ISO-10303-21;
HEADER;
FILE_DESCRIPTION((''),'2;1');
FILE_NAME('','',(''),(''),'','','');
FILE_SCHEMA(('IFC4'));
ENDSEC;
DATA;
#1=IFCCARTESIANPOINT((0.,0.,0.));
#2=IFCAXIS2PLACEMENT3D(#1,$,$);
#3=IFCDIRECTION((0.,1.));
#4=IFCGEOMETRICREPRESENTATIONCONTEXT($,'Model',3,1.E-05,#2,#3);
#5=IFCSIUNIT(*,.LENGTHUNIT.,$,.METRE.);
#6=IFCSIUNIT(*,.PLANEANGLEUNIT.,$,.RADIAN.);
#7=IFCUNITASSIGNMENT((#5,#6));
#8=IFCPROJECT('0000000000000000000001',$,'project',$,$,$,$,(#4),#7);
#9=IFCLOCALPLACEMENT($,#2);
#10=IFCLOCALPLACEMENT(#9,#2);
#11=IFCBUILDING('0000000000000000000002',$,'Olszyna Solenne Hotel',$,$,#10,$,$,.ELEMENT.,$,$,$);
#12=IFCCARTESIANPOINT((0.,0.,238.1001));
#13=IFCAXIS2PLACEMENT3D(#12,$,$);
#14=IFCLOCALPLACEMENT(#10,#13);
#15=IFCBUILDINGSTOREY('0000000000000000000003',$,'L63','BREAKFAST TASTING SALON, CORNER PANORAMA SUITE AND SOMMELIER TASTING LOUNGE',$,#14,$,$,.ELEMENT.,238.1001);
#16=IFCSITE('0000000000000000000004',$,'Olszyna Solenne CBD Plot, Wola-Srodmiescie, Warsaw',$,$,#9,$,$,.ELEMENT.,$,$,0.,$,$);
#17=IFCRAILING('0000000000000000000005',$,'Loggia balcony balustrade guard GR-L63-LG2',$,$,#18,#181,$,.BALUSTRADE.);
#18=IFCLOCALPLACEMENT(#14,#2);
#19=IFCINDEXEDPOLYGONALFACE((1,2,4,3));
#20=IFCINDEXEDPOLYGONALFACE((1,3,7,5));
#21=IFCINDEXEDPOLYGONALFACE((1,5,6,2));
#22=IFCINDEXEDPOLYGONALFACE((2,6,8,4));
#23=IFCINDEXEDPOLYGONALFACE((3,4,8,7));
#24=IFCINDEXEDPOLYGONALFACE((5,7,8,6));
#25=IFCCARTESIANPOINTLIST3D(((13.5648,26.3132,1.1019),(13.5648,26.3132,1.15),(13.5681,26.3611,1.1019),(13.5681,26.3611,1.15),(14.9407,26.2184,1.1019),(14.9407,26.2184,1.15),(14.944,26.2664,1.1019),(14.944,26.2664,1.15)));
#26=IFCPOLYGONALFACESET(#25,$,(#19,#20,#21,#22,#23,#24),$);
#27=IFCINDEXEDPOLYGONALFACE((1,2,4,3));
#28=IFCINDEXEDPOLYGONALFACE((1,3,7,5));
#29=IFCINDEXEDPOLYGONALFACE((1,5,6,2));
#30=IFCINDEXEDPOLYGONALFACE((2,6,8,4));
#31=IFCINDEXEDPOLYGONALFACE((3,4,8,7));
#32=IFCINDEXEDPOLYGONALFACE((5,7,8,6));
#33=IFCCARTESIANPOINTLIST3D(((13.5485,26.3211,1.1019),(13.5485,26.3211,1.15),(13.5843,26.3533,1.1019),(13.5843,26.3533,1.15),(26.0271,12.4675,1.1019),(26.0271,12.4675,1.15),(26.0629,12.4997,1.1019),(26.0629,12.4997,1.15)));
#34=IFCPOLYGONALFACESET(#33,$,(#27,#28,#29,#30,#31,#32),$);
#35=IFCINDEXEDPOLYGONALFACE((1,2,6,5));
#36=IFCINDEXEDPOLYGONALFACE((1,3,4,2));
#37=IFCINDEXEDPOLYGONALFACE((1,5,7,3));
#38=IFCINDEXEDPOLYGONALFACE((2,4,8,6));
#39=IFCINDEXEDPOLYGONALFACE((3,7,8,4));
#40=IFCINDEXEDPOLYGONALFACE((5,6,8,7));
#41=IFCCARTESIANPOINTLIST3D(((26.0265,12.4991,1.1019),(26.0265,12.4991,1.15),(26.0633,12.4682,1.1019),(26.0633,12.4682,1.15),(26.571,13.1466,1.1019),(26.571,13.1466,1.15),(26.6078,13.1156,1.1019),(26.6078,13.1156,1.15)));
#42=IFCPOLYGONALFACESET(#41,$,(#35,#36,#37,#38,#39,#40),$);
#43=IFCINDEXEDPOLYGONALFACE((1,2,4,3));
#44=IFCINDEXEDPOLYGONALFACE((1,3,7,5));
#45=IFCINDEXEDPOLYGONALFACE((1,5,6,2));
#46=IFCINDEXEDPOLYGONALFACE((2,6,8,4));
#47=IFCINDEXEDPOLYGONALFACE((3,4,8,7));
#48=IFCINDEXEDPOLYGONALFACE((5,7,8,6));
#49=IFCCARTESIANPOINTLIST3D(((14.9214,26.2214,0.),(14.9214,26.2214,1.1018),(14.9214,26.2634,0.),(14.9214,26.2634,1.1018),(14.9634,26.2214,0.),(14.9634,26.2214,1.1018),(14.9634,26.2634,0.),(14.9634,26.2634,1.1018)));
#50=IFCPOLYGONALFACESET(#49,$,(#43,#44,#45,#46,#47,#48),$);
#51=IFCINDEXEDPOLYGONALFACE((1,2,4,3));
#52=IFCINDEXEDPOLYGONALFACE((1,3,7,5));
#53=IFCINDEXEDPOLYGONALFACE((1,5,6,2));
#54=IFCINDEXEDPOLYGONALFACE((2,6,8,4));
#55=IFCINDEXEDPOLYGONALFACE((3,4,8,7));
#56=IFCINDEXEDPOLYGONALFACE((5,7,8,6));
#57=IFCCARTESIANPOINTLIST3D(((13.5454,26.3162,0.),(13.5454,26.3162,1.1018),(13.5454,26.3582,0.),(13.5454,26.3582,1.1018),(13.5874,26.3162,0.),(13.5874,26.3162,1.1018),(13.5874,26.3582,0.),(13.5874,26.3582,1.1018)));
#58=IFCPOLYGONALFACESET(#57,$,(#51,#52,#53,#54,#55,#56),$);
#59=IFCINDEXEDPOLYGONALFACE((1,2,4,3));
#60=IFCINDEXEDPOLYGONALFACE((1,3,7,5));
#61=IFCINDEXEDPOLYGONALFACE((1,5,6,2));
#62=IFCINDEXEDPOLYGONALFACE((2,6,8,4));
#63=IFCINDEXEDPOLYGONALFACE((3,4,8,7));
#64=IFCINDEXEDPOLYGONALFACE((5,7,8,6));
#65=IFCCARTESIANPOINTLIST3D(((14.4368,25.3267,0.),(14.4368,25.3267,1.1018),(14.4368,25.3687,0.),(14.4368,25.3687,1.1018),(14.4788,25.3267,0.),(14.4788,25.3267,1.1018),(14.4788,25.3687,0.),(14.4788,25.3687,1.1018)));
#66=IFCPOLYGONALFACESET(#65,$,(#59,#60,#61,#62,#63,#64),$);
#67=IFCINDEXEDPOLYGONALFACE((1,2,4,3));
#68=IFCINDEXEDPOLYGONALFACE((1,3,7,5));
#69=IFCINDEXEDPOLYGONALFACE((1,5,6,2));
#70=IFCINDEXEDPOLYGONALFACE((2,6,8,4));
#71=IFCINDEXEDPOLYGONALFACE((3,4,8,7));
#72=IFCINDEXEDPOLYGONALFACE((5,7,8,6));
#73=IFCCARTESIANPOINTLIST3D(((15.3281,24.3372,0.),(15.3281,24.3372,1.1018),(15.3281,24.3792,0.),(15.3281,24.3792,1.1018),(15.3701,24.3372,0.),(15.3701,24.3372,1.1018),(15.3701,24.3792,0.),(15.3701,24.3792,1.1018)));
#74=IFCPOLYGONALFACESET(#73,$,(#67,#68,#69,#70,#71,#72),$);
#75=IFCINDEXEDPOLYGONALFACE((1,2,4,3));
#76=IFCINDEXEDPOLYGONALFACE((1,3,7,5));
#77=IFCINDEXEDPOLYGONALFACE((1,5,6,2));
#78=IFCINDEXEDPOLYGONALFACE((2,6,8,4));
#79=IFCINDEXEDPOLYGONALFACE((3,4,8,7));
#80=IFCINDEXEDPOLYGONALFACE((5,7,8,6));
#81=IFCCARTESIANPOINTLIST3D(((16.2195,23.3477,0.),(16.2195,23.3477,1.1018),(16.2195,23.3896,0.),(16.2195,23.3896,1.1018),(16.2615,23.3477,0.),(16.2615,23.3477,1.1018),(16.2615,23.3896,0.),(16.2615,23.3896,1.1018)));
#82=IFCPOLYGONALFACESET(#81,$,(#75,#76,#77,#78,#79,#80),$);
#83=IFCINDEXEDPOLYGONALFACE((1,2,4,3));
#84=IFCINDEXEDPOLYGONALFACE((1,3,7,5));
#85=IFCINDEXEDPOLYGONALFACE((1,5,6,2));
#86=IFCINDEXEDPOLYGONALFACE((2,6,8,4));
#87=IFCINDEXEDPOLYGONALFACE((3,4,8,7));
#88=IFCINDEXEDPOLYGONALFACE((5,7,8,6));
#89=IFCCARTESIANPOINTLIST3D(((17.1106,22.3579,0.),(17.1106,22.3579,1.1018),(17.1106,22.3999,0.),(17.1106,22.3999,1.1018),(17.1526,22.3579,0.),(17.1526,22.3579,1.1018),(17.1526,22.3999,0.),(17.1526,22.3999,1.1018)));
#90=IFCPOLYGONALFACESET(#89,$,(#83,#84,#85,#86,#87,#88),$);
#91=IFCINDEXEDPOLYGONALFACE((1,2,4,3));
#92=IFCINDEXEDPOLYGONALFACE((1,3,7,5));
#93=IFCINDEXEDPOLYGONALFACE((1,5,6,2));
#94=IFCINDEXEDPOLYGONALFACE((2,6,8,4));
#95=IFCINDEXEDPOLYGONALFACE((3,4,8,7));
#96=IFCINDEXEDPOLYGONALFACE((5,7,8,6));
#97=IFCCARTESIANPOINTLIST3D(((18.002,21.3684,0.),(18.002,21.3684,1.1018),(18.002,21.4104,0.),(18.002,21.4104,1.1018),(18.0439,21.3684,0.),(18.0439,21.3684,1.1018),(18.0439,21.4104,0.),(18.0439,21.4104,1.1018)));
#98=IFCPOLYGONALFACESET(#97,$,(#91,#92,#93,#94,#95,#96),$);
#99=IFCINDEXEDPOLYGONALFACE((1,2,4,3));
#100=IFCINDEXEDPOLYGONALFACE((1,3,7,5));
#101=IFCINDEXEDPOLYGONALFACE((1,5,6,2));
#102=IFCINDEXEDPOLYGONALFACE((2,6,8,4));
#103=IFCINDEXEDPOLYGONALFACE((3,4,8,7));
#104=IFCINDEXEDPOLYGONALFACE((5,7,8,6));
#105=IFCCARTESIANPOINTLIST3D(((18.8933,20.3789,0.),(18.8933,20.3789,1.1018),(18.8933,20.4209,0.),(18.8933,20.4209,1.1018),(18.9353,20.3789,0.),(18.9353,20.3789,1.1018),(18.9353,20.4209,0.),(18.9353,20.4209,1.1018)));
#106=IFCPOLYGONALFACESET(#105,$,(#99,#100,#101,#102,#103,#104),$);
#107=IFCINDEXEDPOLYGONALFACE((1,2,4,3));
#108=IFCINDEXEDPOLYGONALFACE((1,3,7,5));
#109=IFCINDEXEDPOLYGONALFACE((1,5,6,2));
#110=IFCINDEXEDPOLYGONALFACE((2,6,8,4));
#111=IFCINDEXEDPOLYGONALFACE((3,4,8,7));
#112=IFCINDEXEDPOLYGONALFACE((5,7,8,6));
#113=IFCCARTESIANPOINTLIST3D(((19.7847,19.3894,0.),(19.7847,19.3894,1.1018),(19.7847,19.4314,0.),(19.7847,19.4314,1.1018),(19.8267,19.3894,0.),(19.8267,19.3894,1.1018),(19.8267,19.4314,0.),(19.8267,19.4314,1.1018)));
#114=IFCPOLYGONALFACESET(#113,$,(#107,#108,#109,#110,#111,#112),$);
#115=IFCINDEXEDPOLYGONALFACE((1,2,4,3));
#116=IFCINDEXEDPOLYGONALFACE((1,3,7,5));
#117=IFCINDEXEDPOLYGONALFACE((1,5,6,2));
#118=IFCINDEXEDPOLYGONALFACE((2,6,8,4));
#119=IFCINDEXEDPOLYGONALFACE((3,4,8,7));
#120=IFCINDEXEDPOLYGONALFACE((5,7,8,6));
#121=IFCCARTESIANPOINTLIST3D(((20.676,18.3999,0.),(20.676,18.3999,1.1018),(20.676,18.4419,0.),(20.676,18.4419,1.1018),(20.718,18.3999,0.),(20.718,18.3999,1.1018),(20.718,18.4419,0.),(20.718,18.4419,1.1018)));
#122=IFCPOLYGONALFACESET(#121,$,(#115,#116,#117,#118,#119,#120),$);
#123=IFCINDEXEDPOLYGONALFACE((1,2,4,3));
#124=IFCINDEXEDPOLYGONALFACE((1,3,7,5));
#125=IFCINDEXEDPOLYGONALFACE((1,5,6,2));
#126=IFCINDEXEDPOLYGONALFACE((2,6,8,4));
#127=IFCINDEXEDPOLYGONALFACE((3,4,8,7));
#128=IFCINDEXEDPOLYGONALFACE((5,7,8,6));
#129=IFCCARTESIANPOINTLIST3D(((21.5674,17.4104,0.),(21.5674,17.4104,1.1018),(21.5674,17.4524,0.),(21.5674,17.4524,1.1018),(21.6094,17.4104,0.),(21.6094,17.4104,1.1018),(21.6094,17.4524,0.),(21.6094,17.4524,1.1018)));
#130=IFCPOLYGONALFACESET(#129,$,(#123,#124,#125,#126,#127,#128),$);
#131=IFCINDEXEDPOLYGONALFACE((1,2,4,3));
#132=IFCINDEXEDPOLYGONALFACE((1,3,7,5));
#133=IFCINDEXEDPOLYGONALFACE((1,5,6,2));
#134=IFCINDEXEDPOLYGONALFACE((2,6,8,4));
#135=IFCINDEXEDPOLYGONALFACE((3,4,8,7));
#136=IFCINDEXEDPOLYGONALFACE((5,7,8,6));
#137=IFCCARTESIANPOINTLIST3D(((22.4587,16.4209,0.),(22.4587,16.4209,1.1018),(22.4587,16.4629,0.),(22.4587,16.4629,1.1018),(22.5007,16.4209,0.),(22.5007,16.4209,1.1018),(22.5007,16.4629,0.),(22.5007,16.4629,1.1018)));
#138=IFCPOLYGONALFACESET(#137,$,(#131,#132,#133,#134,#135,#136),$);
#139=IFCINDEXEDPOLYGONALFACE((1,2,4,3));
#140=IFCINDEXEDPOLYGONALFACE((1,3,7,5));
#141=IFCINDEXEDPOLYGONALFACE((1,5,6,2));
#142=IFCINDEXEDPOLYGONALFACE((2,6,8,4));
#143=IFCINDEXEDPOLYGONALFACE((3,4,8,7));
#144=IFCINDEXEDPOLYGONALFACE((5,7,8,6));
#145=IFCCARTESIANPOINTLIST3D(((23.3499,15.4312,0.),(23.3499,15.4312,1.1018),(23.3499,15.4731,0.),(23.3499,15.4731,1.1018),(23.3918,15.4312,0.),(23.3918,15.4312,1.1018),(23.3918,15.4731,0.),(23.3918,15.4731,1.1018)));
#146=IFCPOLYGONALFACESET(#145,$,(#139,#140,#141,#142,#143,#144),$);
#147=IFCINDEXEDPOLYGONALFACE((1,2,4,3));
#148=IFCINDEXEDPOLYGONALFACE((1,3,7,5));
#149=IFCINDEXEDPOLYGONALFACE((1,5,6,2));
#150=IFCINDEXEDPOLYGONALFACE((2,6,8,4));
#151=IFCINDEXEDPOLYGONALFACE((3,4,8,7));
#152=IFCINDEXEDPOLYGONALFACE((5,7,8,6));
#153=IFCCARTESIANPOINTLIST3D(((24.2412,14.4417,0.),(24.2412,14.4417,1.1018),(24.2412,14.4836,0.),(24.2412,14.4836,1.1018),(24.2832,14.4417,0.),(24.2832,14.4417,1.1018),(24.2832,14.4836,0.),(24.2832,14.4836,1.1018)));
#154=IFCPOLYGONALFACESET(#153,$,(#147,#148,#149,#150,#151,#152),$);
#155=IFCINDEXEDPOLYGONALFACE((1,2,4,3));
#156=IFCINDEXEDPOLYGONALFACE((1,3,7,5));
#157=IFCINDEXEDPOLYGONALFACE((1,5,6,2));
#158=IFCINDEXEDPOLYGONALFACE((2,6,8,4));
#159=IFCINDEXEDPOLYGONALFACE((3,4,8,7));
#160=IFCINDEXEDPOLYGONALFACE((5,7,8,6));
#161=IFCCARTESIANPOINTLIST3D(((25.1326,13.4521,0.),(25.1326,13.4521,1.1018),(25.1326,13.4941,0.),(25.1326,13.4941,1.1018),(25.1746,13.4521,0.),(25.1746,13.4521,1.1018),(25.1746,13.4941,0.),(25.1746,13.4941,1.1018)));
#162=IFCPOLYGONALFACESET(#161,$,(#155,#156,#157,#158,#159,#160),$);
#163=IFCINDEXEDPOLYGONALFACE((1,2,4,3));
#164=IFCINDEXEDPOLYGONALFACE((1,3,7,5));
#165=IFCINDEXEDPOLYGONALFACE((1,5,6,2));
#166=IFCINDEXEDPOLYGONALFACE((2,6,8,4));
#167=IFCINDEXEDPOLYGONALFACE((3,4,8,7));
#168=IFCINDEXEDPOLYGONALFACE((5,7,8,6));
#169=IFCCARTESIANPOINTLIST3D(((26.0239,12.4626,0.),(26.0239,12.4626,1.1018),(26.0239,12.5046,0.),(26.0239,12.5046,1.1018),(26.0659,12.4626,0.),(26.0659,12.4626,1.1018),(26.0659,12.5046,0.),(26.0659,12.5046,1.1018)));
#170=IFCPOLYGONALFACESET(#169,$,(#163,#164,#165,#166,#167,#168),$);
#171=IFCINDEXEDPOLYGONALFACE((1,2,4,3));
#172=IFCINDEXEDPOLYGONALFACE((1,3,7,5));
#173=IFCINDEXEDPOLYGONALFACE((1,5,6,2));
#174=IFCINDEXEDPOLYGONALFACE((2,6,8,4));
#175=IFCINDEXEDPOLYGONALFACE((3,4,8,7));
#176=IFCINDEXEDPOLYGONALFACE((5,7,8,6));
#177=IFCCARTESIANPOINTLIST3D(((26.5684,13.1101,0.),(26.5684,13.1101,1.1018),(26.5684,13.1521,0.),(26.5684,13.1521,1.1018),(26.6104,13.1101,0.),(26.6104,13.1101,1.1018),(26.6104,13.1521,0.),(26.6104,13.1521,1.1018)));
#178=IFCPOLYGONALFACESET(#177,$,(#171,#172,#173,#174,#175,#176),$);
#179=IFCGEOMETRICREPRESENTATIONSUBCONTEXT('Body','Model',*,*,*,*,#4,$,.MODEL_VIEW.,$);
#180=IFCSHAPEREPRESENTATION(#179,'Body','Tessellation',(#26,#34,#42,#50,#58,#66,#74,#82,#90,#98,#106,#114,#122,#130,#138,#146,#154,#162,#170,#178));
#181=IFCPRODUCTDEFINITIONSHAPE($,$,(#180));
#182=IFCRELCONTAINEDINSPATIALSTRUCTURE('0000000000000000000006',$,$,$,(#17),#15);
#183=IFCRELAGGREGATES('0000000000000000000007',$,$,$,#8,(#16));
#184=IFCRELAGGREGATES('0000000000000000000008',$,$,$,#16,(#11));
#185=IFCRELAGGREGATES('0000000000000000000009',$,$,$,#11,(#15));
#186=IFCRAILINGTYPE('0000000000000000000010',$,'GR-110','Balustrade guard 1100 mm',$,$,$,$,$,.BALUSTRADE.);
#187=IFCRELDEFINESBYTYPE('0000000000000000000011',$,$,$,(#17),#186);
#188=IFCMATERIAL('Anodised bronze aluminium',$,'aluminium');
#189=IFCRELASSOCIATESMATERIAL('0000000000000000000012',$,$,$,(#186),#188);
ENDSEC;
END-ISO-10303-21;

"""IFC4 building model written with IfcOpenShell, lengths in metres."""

from ifc_helpers import new_model, si_unit, direction, frame, origin, origin_2d, place, context, subcontext, project, spatial, rectangle, extrude, material, type_object, element, save


model = new_model("IFC4")

# Units and contexts
model_context = context("Model", 3, precision=1e-05, world=origin(), true_north=direction((0.0, 1.0)))
body_context = subcontext(model_context, "Body", "Model", "MODEL_VIEW")
ifc_project = project(units=[si_unit("LENGTHUNIT", "METRE"), si_unit("PLANEANGLEUNIT", "RADIAN")], contexts=[model_context])

# Site, building, storey
site_placement = place(None, origin())
site = spatial("IfcSite", under=ifc_project, at=site_placement, Name="Olszyna Solenne CBD Plot, Wola-Srodmiescie, Warsaw", CompositionType="ELEMENT", RefElevation=0.0)
building_placement = place(site_placement, origin())
building = spatial("IfcBuilding", under=site, at=building_placement, Name="Olszyna Solenne Hotel", CompositionType="ELEMENT")
storey_placement = place(building_placement, frame((0.0, 0.0, 238.1001)))
storey = spatial("IfcBuildingStorey", under=building, at=storey_placement, Name="L63", Description="BREAKFAST TASTING SALON, CORNER PANORAMA SUITE AND SOMMELIER TASTING LOUNGE", CompositionType="ELEMENT", Elevation=238.1001)

# Railing
ifc_material_1 = material(Name="Anodised bronze aluminium", Category="aluminium")
railing_type = type_object("IfcRailingType", Name="GR-110", Description="Balustrade guard 1100 mm", PredefinedType="BALUSTRADE", material=ifc_material_1)
railing_placement = place(storey_placement, frame((14.9424, 26.2424, 0.0)))
element("IfcRailing", 1, at=railing_placement, inside=storey, type_object=railing_type, Name="Loggia balcony balustrade guard GR-L63-LG2", PredefinedType="BALUSTRADE", context=body_context, shape_type="SweptSolid", body=[
    extrude(rectangle(XDim=0.0481, YDim=0.0481, at=origin_2d()), frame((0.0, 0.0, 1.126), z_axis=(-0.997639, 0.068681, 0.0), x_axis=(-0.068681, -0.997639, 0.0)), (0.0, 0.0, 1.0), 1.3792),
    extrude(rectangle(XDim=0.0481, YDim=0.0481, at=origin_2d()), frame((-1.376, 0.0947, 1.126), z_axis=(0.669271, -0.743018, 0.0), x_axis=(0.743018, 0.669271, 0.0)), (0.0, 0.0, 1.0), 18.645),
    extrude(rectangle(XDim=0.0481, YDim=0.0481, at=origin_2d()), frame((11.1025, -13.7588, 1.126), z_axis=(0.643585, 0.765375, 0.0), x_axis=(-0.765375, 0.643585, 0.0)), (0.0, 0.0, 1.0), 0.8459),
    extrude(rectangle(XDim=0.042, YDim=0.042, at=origin_2d()), origin(), (0.0, 0.0, 1.0), 1.1018),
    extrude(rectangle(XDim=0.042, YDim=0.042, at=origin_2d()), frame((-1.376, 0.0947, 0.0)), (0.0, 0.0, 1.0), 1.1018),
    extrude(rectangle(XDim=0.042, YDim=0.042, at=origin_2d()), frame((-0.4846, -0.8948, 0.0)), (0.0, 0.0, 1.0), 1.1018),
    extrude(rectangle(XDim=0.042, YDim=0.042, at=origin_2d()), frame((0.4067, -1.8843, 0.0)), (0.0, 0.0, 1.0), 1.1018),
    extrude(rectangle(XDim=0.042, YDim=0.042, at=origin_2d()), frame((1.2981, -2.8738, 0.0)), (0.0, 0.0, 1.0), 1.1018),
    extrude(rectangle(XDim=0.042, YDim=0.042, at=origin_2d()), frame((2.1892, -3.8635, 0.0)), (0.0, 0.0, 1.0), 1.1018),
    extrude(rectangle(XDim=0.042, YDim=0.042, at=origin_2d()), frame((3.0806, -4.853, 0.0)), (0.0, 0.0, 1.0), 1.1018),
    extrude(rectangle(XDim=0.042, YDim=0.042, at=origin_2d()), frame((3.9719, -5.8425, 0.0)), (0.0, 0.0, 1.0), 1.1018),
    extrude(rectangle(XDim=0.042, YDim=0.042, at=origin_2d()), frame((4.8633, -6.832, 0.0)), (0.0, 0.0, 1.0), 1.1018),
    extrude(rectangle(XDim=0.042, YDim=0.042, at=origin_2d()), frame((5.7546, -7.8215, 0.0)), (0.0, 0.0, 1.0), 1.1018),
    extrude(rectangle(XDim=0.042, YDim=0.042, at=origin_2d()), frame((6.646, -8.811, 0.0)), (0.0, 0.0, 1.0), 1.1018),
    extrude(rectangle(XDim=0.042, YDim=0.042, at=origin_2d()), frame((7.5374, -9.8005, 0.0)), (0.0, 0.0, 1.0), 1.1018),
    extrude(rectangle(XDim=0.042, YDim=0.042, at=origin_2d()), frame((8.4285, -10.7903, 0.0)), (0.0, 0.0, 1.0), 1.1018),
    extrude(rectangle(XDim=0.042, YDim=0.042, at=origin_2d()), frame((9.3198, -11.7798, 0.0)), (0.0, 0.0, 1.0), 1.1018),
    extrude(rectangle(XDim=0.042, YDim=0.042, at=origin_2d()), frame((10.2112, -12.7693, 0.0)), (0.0, 0.0, 1.0), 1.1018),
    extrude(rectangle(XDim=0.042, YDim=0.042, at=origin_2d()), frame((11.1025, -13.7588, 0.0)), (0.0, 0.0, 1.0), 1.1018),
    extrude(rectangle(XDim=0.042, YDim=0.042, at=origin_2d()), frame((11.647, -13.1113, 0.0)), (0.0, 0.0, 1.0), 1.1018),
])

save(model, "model.ifc")
